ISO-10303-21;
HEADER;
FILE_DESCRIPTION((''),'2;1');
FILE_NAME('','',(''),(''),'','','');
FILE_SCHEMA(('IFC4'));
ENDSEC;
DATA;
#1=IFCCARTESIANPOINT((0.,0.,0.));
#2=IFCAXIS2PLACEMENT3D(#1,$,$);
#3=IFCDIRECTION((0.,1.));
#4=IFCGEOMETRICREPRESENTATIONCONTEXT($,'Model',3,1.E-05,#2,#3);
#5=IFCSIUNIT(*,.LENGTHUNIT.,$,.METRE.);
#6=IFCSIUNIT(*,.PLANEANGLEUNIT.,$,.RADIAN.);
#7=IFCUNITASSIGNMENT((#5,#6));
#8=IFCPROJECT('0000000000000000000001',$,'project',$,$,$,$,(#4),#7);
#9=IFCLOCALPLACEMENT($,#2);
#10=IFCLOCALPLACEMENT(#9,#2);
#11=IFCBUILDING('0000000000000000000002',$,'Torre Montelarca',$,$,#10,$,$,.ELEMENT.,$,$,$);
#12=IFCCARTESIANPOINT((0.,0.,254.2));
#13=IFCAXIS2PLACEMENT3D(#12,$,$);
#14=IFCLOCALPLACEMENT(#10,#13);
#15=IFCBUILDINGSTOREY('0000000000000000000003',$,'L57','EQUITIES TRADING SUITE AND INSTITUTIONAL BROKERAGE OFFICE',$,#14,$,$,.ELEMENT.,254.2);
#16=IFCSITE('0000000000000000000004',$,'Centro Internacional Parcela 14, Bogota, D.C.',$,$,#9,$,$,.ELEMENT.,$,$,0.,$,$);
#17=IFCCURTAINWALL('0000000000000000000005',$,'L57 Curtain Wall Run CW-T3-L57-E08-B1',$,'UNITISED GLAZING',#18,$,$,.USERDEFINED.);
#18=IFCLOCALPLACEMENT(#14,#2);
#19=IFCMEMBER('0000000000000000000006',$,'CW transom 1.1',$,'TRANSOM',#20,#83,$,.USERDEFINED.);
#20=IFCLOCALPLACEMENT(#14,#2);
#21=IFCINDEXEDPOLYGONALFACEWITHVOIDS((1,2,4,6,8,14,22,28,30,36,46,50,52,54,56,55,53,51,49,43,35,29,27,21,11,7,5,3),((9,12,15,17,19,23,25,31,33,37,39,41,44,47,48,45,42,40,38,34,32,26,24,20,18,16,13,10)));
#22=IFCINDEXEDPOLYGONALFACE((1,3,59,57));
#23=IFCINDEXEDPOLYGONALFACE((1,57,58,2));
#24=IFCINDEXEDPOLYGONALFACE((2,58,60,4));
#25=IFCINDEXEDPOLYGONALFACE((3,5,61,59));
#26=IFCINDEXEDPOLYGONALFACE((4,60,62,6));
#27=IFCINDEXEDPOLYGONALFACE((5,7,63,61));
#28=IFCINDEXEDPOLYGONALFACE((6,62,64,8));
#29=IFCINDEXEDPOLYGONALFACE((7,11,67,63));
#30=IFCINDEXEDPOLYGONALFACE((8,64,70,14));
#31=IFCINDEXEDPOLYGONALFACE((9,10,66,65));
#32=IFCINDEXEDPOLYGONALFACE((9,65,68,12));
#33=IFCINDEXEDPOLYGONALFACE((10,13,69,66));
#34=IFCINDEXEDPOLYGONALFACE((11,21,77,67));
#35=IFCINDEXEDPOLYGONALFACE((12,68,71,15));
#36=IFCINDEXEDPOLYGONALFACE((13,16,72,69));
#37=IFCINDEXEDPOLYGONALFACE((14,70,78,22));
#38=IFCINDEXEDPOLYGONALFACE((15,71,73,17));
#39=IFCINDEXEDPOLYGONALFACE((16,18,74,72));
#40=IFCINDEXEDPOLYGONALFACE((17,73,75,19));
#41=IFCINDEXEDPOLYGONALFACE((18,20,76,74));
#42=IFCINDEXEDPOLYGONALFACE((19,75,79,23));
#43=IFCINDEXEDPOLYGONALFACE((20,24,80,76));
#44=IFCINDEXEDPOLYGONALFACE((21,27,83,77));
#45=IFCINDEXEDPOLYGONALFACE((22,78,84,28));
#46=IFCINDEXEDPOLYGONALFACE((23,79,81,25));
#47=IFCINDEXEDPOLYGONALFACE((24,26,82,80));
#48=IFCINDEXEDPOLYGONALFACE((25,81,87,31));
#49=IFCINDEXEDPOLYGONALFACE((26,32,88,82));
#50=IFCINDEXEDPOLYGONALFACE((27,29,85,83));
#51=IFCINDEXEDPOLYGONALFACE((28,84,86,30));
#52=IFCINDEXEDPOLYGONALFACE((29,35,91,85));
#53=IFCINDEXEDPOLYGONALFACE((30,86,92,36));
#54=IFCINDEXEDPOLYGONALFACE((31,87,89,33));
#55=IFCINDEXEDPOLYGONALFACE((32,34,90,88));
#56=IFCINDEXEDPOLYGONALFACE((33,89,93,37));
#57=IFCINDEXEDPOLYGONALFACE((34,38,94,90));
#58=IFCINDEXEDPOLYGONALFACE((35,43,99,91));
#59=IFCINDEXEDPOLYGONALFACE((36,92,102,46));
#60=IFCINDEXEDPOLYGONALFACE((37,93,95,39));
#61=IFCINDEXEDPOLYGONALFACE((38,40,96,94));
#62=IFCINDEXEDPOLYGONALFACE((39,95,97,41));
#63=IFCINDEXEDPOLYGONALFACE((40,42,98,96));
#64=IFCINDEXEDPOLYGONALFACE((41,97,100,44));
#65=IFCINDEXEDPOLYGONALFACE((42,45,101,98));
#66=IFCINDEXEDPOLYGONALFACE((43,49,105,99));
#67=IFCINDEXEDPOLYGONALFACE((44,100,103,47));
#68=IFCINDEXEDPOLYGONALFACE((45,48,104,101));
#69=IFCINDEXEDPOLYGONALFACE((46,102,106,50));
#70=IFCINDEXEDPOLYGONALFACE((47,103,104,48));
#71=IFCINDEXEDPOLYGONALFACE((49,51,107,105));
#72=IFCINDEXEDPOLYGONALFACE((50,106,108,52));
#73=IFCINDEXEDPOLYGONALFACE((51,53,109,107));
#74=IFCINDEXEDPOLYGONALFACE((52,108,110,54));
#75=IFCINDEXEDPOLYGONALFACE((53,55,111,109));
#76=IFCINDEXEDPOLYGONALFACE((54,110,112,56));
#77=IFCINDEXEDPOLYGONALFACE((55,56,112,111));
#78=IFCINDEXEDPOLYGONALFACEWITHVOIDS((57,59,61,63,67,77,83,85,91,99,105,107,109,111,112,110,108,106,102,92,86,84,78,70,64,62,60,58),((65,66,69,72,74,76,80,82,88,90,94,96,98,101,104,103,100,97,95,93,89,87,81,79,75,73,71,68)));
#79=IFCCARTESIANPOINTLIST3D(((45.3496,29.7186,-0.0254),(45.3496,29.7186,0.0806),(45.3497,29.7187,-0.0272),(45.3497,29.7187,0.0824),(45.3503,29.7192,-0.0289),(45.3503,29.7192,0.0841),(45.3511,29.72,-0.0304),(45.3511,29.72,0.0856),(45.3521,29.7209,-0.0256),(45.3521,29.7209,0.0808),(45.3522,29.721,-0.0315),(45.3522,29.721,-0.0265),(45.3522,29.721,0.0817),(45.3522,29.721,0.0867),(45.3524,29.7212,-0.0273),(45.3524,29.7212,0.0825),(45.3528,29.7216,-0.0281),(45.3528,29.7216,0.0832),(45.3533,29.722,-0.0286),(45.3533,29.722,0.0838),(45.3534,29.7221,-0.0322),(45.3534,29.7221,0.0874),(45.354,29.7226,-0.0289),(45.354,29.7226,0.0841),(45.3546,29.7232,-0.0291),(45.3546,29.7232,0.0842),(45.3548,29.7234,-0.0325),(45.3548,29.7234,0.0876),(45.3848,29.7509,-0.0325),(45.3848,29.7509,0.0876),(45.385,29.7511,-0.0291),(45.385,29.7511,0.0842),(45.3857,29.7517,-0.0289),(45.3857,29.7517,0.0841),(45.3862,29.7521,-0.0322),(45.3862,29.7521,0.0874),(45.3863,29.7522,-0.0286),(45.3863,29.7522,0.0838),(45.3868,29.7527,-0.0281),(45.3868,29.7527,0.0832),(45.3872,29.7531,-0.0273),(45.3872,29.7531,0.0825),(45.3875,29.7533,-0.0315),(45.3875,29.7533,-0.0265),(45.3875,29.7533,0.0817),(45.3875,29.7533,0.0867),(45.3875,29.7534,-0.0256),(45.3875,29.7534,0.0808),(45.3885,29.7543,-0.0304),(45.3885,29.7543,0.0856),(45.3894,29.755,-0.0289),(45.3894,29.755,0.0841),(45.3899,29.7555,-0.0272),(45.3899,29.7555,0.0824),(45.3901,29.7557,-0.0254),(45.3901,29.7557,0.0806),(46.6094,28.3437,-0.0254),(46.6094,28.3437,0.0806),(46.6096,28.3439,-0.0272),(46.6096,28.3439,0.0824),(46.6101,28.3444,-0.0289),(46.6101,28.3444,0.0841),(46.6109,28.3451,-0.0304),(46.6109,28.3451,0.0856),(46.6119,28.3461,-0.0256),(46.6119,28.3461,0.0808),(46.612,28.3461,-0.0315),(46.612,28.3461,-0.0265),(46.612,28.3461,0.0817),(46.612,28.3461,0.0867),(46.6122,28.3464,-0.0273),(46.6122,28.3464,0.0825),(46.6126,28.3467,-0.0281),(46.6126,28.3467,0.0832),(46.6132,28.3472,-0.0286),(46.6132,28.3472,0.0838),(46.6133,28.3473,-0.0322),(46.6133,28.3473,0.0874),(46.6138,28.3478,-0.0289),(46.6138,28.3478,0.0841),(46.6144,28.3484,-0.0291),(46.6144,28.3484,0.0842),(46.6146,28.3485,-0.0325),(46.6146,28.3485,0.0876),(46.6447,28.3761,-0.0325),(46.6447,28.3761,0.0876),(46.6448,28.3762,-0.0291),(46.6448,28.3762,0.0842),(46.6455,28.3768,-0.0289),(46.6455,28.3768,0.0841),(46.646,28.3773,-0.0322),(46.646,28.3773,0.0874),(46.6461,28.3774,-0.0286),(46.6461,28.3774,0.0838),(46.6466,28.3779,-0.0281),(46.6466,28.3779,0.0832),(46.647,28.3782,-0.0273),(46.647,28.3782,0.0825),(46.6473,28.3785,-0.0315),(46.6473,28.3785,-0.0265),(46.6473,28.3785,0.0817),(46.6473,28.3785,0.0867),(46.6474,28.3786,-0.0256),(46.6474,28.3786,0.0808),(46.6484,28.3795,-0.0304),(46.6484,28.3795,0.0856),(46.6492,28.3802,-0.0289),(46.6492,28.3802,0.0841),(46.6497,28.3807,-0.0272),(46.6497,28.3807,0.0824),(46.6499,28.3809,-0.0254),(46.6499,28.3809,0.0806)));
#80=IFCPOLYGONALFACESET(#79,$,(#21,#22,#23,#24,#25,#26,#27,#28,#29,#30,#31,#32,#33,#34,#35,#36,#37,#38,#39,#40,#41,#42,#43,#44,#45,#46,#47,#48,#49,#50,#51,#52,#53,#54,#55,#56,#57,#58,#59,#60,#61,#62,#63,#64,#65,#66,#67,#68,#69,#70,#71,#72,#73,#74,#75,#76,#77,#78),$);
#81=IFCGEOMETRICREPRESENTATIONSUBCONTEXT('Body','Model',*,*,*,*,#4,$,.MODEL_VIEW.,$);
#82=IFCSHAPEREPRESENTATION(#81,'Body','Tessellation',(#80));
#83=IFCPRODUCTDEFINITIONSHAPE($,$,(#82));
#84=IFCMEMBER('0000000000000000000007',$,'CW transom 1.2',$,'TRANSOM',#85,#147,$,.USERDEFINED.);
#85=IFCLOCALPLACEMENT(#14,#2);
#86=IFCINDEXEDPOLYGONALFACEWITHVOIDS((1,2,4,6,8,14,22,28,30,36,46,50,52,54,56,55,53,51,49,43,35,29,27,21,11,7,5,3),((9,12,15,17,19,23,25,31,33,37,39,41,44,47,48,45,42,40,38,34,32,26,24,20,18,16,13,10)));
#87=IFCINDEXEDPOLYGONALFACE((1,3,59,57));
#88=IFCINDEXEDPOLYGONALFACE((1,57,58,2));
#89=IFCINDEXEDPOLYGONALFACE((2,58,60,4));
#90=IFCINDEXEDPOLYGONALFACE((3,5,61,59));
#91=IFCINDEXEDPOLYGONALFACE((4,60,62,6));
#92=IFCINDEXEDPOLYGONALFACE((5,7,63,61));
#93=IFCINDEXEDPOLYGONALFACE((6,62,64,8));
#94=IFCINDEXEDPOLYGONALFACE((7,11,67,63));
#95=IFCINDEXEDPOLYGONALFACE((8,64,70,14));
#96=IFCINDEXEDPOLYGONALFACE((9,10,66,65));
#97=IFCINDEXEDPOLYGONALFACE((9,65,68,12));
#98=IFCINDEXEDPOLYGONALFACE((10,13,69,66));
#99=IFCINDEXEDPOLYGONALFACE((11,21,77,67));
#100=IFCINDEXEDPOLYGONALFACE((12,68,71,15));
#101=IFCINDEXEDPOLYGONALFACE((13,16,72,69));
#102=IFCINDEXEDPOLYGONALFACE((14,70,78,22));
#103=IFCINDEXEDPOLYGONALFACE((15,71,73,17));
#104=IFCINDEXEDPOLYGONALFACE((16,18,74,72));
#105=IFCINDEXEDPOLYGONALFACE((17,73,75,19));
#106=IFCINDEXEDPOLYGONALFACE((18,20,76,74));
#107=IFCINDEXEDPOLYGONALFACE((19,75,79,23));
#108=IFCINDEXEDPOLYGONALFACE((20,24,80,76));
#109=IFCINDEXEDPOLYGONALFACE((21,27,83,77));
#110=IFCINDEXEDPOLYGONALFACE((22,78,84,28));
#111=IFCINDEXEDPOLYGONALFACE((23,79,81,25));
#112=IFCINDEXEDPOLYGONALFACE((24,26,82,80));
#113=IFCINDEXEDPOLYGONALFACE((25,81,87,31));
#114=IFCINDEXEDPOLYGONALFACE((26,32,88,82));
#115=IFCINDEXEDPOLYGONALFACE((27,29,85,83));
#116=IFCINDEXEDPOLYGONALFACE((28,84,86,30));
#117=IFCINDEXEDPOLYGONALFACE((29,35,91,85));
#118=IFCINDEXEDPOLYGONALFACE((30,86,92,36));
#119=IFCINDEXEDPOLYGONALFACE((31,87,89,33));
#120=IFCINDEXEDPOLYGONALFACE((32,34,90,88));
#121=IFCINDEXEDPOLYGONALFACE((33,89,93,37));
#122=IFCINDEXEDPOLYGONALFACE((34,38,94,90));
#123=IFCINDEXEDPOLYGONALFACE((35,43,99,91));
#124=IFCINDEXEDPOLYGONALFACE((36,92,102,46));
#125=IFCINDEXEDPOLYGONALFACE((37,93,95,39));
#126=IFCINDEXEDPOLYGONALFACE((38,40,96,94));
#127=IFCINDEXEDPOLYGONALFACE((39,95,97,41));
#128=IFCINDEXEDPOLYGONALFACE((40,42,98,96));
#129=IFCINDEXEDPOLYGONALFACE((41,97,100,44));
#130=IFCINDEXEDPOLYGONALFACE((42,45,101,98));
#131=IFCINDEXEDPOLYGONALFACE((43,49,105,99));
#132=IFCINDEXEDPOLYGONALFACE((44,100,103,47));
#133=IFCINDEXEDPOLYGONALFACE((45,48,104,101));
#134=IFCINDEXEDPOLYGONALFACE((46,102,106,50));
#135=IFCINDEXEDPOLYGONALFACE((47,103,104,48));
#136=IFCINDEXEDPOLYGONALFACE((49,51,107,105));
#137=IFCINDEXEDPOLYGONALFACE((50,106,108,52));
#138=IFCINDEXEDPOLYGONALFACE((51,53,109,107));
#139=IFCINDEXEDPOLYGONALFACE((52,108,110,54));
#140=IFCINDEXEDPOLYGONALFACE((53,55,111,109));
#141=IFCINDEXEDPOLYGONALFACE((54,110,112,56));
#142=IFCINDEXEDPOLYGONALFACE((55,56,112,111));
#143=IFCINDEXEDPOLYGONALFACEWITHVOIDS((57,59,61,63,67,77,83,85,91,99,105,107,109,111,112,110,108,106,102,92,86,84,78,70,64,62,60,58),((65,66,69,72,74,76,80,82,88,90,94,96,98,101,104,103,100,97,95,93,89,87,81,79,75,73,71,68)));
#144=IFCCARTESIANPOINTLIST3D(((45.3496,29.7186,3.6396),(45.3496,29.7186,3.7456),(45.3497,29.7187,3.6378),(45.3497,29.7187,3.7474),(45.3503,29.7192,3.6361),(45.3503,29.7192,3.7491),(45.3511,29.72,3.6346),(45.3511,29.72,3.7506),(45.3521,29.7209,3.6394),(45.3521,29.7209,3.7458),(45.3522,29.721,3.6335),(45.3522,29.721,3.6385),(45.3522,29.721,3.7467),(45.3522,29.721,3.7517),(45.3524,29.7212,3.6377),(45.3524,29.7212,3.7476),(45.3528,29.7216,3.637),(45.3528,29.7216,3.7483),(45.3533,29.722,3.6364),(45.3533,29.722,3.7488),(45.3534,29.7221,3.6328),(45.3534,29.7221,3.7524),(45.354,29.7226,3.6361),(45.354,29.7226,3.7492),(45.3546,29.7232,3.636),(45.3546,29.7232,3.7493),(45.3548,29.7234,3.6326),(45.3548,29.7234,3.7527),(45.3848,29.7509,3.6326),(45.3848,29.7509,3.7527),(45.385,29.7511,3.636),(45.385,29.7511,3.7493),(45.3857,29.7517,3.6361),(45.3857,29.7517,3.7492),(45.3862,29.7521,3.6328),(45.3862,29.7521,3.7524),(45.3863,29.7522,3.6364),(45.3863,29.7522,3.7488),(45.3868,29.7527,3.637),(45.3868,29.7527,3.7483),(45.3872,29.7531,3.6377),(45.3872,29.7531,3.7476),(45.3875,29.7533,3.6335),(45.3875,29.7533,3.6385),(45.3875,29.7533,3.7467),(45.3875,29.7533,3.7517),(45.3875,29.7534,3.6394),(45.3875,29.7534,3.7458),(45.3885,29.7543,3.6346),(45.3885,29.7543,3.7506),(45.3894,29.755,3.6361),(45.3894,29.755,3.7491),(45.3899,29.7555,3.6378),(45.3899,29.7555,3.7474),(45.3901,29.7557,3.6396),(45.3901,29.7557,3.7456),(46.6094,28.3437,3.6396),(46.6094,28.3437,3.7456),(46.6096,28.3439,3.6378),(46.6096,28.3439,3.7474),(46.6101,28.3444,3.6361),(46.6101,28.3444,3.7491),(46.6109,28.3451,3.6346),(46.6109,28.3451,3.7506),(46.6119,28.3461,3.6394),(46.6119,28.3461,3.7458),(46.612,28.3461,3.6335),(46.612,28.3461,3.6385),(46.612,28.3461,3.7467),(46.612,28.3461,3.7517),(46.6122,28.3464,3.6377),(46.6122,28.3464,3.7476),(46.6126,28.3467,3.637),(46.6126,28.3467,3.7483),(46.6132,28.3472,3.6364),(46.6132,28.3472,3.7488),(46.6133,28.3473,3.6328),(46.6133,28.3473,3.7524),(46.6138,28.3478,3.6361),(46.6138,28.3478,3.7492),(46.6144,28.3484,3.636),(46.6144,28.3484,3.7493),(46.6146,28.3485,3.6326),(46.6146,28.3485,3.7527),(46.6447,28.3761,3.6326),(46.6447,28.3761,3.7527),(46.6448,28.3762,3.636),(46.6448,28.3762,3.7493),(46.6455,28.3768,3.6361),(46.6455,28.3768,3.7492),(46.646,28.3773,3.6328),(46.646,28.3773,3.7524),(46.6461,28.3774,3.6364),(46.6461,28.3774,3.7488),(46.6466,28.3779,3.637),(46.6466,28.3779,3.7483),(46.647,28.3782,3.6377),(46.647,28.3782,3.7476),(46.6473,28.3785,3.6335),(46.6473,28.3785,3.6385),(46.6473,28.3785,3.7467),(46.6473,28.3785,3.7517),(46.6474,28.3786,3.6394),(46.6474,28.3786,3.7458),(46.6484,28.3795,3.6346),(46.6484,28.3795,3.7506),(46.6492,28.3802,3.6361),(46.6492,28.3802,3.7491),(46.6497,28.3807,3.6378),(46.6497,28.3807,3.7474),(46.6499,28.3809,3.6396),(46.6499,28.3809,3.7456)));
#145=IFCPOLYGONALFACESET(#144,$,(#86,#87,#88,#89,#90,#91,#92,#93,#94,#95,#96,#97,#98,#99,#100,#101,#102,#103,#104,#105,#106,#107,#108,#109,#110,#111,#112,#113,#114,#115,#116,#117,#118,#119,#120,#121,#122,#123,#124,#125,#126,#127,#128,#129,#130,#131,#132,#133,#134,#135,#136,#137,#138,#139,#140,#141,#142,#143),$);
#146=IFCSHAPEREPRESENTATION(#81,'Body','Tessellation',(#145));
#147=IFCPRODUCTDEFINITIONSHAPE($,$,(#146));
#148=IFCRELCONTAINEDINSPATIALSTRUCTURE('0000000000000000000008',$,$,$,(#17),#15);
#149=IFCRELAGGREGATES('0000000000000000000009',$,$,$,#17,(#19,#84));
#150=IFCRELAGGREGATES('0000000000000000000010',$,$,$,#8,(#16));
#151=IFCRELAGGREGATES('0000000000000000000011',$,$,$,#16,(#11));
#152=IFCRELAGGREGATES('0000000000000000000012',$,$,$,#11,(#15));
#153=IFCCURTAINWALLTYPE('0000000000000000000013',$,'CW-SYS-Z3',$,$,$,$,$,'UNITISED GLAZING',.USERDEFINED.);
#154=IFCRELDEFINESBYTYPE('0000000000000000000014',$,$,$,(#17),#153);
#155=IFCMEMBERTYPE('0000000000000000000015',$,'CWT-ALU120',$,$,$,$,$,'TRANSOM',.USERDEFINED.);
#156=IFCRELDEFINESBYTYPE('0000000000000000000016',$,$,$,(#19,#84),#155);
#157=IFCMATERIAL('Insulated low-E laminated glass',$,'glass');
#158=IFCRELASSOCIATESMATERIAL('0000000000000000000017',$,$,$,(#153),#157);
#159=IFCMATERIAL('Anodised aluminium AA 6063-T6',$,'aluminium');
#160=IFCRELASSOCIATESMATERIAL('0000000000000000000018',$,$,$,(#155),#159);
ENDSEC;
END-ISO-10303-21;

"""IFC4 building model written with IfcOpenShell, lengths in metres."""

from ifc_helpers import new_model, si_unit, direction, frame, origin, origin_2d, place, context, subcontext, project, spatial, hollow_rectangle, extrude, source, transform, mapped, material, material_profile, profile_set, type_object, element, aggregate, save


model = new_model("IFC4")

# Units and contexts
model_context = context("Model", 3, precision=1e-05, world=origin(), true_north=direction((0.0, 1.0)))
body_context = subcontext(model_context, "Body", "Model", "MODEL_VIEW")
ifc_project = project(units=[si_unit("LENGTHUNIT", "METRE"), si_unit("PLANEANGLEUNIT", "RADIAN")], contexts=[model_context])

# Site, building, storey
site_placement = place(None, origin())
site = spatial("IfcSite", under=ifc_project, at=site_placement, Name="Centro Internacional Parcela 14, Bogota, D.C.", CompositionType="ELEMENT", RefElevation=0.0)
building_placement = place(site_placement, origin())
building = spatial("IfcBuilding", under=site, at=building_placement, Name="Torre Montelarca", CompositionType="ELEMENT")
storey_placement = place(building_placement, frame((0.0, 0.0, 254.2)))
storey = spatial("IfcBuildingStorey", under=building, at=storey_placement, Name="L57", Description="EQUITIES TRADING SUITE AND INSTITUTIONAL BROKERAGE OFFICE", CompositionType="ELEMENT", Elevation=254.2)

# Shared definitions
ifc_material_1 = material(Name="Insulated low-E laminated glass", Category="glass")
curtain_wall_type = type_object("IfcCurtainWallType", Name="CW-SYS-Z3", ElementType="UNITISED GLAZING", PredefinedType="USERDEFINED", material=ifc_material_1)
ifc_material_2 = material(Name="Anodised aluminium AA 6063-T6", Category="aluminium")
ifc_material_profile_1 = material_profile(ifc_material_2, hollow_rectangle(XDim=0.0549, YDim=0.1201, WallThickness=0.0034, InnerFilletRadius=0.0034, OuterFilletRadius=0.0071, at=origin_2d()), Name="ALU55X120X3.5", Category="aluminium")
ifc_profile_set_1 = profile_set([ifc_material_profile_1], Name="Anodised aluminium AA 6063-T6")
member_type_1 = type_object("IfcMemberType", Name="CWT-ALU120", ElementType="TRANSOM", PredefinedType="USERDEFINED", material=ifc_profile_set_1)

# Curtain wall
curtain_wall_1_placement = place(storey_placement, origin())
curtain_wall_1 = element("IfcCurtainWall", 1, at=curtain_wall_1_placement, inside=storey, type_object=curtain_wall_type, Name="L57 Curtain Wall Run CW-T3-L57-E08-B1", ObjectType="UNITISED GLAZING", PredefinedType="USERDEFINED")

# Members
shared_shape_1 = source(origin(), body_context, "Body", "SweptSolid", [
    extrude(hollow_rectangle(XDim=0.0549, YDim=0.1201, WallThickness=0.0034, InnerFilletRadius=0.0034, OuterFilletRadius=0.0071, at=origin_2d()), origin(), (0.0, 0.0, 1.0), 1.8647),
])
member_1_placement = place(storey_placement, frame((46.6296, 28.3623, 0.0276), z_axis=(-0.6756, 0.737268, 0.0), x_axis=(-0.737268, -0.6756, 0.0)))
member_1 = element("IfcMember", 2, at=member_1_placement, type_object=member_type_1, Name="CW transom 1.1", ObjectType="TRANSOM", PredefinedType="USERDEFINED", context=body_context, shape_type="MappedRepresentation", body=[
    mapped(shared_shape_1, transform((0.0, 0.0, 0.0), scale=1.0)),
])
member_2_placement = place(storey_placement, frame((46.6296, 28.3623, 3.6926), z_axis=(-0.6756, 0.737268, 0.0), x_axis=(-0.737268, -0.6756, 0.0)))
member_2 = element("IfcMember", 3, at=member_2_placement, type_object=member_type_1, Name="CW transom 1.2", ObjectType="TRANSOM", PredefinedType="USERDEFINED", context=body_context, shape_type="MappedRepresentation", body=[
    mapped(shared_shape_1, transform((0.0, 0.0, 0.0), scale=1.0)),
])

aggregate(curtain_wall_1, [member_1, member_2])

save(model, "model.ifc")
